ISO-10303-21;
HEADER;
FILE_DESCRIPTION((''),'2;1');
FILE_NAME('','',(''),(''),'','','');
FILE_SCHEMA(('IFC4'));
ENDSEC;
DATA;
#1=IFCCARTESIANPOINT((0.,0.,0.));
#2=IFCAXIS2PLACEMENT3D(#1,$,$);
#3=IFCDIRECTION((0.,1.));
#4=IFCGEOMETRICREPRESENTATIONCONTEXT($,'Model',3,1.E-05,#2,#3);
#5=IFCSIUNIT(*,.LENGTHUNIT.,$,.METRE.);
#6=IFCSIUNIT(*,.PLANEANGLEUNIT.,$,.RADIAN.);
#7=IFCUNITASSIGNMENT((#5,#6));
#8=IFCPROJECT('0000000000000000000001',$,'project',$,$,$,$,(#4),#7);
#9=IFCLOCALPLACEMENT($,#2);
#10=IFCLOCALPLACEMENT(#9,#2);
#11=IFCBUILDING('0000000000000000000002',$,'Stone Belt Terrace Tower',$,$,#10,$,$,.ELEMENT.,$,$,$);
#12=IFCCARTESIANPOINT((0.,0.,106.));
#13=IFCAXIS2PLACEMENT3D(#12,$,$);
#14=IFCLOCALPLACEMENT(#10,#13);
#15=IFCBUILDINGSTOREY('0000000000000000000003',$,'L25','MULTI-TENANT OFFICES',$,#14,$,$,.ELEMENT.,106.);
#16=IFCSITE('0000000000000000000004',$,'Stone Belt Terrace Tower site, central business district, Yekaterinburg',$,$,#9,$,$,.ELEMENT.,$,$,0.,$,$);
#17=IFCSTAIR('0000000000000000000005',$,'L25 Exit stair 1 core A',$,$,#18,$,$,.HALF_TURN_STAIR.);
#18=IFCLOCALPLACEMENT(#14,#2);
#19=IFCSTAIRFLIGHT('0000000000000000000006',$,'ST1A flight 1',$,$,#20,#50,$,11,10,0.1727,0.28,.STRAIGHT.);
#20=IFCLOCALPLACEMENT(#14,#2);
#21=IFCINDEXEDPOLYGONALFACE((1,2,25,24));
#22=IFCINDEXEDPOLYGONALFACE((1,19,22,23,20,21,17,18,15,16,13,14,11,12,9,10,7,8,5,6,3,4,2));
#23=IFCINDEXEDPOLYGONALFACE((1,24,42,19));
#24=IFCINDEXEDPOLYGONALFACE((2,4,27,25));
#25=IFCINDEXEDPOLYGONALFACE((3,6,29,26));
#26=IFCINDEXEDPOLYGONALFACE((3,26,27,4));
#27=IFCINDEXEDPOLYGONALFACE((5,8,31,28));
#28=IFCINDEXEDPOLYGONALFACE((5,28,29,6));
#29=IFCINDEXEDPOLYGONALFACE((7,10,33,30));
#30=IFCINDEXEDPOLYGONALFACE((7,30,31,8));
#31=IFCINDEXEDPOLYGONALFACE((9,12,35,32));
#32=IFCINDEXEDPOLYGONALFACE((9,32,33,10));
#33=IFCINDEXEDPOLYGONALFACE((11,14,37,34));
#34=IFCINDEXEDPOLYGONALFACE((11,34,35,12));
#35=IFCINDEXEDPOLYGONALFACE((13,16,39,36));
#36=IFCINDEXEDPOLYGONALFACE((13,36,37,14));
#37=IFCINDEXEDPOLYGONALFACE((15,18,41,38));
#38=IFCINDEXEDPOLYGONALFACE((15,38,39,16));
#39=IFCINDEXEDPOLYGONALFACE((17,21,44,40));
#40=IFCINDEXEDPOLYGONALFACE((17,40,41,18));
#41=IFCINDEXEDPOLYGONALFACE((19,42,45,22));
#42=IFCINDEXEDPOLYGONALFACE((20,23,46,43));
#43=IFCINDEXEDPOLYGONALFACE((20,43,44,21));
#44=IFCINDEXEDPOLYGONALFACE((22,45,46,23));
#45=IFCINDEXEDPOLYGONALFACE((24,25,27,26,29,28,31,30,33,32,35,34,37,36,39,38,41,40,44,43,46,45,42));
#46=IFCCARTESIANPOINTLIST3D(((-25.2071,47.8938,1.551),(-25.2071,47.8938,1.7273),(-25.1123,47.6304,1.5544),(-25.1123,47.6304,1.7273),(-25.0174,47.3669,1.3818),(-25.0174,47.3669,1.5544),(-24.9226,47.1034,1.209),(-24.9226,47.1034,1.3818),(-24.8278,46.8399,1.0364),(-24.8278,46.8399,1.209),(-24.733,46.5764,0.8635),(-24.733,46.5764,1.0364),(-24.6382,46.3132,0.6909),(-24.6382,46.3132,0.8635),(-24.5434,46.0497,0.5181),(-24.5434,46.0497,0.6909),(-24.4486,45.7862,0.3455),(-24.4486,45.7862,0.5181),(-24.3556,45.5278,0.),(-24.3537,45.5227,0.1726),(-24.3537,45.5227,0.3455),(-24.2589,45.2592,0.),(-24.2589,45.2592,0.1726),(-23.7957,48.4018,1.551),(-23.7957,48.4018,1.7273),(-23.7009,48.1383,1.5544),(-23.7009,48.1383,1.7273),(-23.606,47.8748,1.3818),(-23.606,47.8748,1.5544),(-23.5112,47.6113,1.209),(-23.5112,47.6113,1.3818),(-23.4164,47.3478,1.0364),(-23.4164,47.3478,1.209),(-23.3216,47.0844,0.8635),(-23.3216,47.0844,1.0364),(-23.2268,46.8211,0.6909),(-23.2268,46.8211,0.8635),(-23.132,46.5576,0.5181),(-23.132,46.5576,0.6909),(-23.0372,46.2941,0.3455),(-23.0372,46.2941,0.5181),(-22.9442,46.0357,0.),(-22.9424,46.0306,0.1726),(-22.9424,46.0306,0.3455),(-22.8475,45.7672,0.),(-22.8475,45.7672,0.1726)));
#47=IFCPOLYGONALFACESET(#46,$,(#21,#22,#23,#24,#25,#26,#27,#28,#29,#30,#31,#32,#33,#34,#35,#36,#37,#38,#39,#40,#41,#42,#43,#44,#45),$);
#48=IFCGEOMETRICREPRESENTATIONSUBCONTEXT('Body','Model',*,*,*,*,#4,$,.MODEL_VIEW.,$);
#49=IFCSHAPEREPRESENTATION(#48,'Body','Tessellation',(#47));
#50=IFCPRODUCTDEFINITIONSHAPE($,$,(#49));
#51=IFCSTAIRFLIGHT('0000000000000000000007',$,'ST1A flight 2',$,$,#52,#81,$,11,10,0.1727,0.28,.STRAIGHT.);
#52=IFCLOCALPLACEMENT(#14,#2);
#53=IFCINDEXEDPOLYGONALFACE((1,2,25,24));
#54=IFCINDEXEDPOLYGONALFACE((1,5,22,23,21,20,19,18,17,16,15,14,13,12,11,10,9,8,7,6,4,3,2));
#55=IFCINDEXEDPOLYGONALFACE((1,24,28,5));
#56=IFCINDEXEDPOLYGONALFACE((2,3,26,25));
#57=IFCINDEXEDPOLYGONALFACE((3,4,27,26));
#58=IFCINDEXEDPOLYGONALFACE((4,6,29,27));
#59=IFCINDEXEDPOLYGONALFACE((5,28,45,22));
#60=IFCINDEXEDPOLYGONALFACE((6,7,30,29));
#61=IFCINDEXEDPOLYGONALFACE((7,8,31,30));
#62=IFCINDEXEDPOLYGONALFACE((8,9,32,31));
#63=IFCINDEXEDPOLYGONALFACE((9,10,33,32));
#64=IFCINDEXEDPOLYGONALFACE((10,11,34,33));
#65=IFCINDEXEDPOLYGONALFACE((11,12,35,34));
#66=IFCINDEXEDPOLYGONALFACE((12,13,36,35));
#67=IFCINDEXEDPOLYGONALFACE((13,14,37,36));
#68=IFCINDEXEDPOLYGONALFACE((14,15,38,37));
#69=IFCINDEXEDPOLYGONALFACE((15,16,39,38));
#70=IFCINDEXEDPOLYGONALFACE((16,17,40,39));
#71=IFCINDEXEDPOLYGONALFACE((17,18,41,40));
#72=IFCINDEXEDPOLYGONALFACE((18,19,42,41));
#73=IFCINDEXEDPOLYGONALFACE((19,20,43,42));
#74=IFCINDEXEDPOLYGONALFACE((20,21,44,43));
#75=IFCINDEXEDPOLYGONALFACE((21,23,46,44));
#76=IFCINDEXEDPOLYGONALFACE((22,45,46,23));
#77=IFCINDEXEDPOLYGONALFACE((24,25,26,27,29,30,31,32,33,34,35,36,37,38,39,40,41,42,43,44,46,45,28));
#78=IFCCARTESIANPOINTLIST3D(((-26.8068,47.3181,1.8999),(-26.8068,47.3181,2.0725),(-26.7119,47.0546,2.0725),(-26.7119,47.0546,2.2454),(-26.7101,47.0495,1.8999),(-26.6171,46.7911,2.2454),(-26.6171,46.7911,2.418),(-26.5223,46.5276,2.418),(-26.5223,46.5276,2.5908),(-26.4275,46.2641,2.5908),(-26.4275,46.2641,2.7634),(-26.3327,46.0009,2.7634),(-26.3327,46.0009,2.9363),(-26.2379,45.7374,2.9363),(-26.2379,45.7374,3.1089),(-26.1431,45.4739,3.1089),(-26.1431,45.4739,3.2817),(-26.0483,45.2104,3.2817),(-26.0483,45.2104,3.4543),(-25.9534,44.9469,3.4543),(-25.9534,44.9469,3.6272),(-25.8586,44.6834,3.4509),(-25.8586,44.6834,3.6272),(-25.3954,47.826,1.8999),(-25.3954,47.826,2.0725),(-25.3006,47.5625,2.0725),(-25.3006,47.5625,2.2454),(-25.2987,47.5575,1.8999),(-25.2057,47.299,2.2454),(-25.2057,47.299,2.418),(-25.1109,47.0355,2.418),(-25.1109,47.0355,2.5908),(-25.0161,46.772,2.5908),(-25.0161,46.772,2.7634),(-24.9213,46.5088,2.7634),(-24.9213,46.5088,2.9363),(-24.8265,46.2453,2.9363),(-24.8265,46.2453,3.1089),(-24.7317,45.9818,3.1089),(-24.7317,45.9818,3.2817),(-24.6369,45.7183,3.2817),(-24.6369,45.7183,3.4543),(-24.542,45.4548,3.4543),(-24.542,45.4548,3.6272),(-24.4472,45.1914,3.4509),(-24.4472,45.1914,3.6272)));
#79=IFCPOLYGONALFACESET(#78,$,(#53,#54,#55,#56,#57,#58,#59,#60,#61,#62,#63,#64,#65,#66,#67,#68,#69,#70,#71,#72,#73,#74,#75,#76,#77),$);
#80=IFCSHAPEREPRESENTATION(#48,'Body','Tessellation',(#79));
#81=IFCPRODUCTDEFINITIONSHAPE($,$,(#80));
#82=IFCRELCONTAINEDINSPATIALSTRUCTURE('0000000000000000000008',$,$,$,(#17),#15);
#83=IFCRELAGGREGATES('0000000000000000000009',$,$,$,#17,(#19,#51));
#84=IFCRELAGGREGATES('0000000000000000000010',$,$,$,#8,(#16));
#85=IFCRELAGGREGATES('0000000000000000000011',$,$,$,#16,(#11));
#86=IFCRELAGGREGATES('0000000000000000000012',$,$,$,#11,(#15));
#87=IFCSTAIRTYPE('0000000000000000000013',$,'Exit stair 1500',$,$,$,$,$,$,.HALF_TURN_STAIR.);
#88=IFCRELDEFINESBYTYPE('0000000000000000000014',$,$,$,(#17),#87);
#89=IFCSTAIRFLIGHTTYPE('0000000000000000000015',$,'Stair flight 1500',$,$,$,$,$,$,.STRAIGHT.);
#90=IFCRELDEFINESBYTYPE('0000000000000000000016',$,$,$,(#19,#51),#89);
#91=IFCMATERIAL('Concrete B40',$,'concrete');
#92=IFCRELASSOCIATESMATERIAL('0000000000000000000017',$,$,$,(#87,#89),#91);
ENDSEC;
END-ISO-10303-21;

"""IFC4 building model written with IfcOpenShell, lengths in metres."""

from ifc_helpers import new_model, si_unit, direction, frame, origin, place, context, subcontext, project, spatial, polyline, outline, extrude, material, type_object, element, aggregate, save


model = new_model("IFC4")

# Units and contexts
model_context = context("Model", 3, precision=1e-05, world=origin(), true_north=direction((0.0, 1.0)))
body_context = subcontext(model_context, "Body", "Model", "MODEL_VIEW")
ifc_project = project(units=[si_unit("LENGTHUNIT", "METRE"), si_unit("PLANEANGLEUNIT", "RADIAN")], contexts=[model_context])

# Site, building, storey
site_placement = place(None, origin())
site = spatial("IfcSite", under=ifc_project, at=site_placement, Name="Stone Belt Terrace Tower site, central business district, Yekaterinburg", CompositionType="ELEMENT", RefElevation=0.0)
building_placement = place(site_placement, origin())
building = spatial("IfcBuilding", under=site, at=building_placement, Name="Stone Belt Terrace Tower", CompositionType="ELEMENT")
storey_placement = place(building_placement, frame((0.0, 0.0, 106.0)))
storey = spatial("IfcBuildingStorey", under=building, at=storey_placement, Name="L25", Description="MULTI-TENANT OFFICES", CompositionType="ELEMENT", Elevation=106.0)

# Stair, stair flights
ifc_material_1 = material(Name="Concrete B40", Category="concrete")
stair_type = type_object("IfcStairType", Name="Exit stair 1500", PredefinedType="HALF_TURN_STAIR", material=ifc_material_1)
stair_placement = place(storey_placement, origin())
stair = element("IfcStair", 1, at=stair_placement, inside=storey, type_object=stair_type, Name="L25 Exit stair 1 core A", PredefinedType="HALF_TURN_STAIR")
stair_flight_type = type_object("IfcStairFlightType", Name="Stair flight 1500", PredefinedType="STRAIGHT", material=ifc_material_1)
stair_flight_1_placement = place(storey_placement, frame((-23.5532, 45.5132, 0.0), z_axis=(0.0, 0.0, 1.0), x_axis=(-0.338624, 0.940922, 0.0)))
stair_flight_1 = element("IfcStairFlight", 2, at=stair_flight_1_placement, type_object=stair_flight_type, Name="ST1A flight 1", NumberOfRisers=11, NumberOfTreads=10, PredefinedType="STRAIGHT", RiserHeight=0.1727, TreadLength=0.28, context=body_context, shape_type="SweptSolid", body=[
    extrude(outline(polyline([(0.0, 0.0), (0.0, 0.1726), (0.28, 0.1726), (0.28, 0.3455), (0.5601, 0.3455), (0.5601, 0.5181), (0.8401, 0.5181), (0.8401, 0.6909), (1.1201, 0.6909), (1.1201, 0.8635), (1.3999, 0.8635), (1.3999, 1.0364), (1.6799, 1.0364), (1.6799, 1.209), (1.96, 1.209), (1.96, 1.3818), (2.24, 1.3818), (2.24, 1.5544), (2.52, 1.5544), (2.52, 1.7273), (2.8, 1.7273), (2.8, 1.8999), (2.8, 1.551), (0.2854, 0.0), (0.0, 0.0)])), frame((0.0, 0.75, 0.0), z_axis=(0.0, -1.0, 0.0), x_axis=(1.0, 0.0, 0.0)), (0.0, 0.0, 1.0), 1.5),
])
stair_flight_2_placement = place(storey_placement, frame((-26.1011, 47.572, 1.8999), z_axis=(0.0, 0.0, 1.0), x_axis=(0.338624, -0.940922, 0.0)))
stair_flight_2 = element("IfcStairFlight", 3, at=stair_flight_2_placement, type_object=stair_flight_type, Name="ST1A flight 2", NumberOfRisers=11, NumberOfTreads=10, PredefinedType="STRAIGHT", RiserHeight=0.1727, TreadLength=0.28, context=body_context, shape_type="SweptSolid", body=[
    extrude(outline(polyline([(0.0, 0.0), (0.0, 0.1726), (0.28, 0.1726), (0.28, 0.3455), (0.5601, 0.3455), (0.5601, 0.5181), (0.8401, 0.5181), (0.8401, 0.6909), (1.1201, 0.6909), (1.1201, 0.8635), (1.3999, 0.8635), (1.3999, 1.0364), (1.6799, 1.0364), (1.6799, 1.209), (1.96, 1.209), (1.96, 1.3818), (2.24, 1.3818), (2.24, 1.5544), (2.52, 1.5544), (2.52, 1.7273), (2.8, 1.7273), (2.8, 1.8999), (2.8, 1.551), (0.2854, 0.0), (0.0, 0.0)])), frame((0.0, 0.75, 0.0), z_axis=(0.0, -1.0, 0.0), x_axis=(1.0, 0.0, 0.0)), (0.0, 0.0, 1.0), 1.5),
])
aggregate(stair, [stair_flight_1, stair_flight_2])

save(model, "model.ifc")
